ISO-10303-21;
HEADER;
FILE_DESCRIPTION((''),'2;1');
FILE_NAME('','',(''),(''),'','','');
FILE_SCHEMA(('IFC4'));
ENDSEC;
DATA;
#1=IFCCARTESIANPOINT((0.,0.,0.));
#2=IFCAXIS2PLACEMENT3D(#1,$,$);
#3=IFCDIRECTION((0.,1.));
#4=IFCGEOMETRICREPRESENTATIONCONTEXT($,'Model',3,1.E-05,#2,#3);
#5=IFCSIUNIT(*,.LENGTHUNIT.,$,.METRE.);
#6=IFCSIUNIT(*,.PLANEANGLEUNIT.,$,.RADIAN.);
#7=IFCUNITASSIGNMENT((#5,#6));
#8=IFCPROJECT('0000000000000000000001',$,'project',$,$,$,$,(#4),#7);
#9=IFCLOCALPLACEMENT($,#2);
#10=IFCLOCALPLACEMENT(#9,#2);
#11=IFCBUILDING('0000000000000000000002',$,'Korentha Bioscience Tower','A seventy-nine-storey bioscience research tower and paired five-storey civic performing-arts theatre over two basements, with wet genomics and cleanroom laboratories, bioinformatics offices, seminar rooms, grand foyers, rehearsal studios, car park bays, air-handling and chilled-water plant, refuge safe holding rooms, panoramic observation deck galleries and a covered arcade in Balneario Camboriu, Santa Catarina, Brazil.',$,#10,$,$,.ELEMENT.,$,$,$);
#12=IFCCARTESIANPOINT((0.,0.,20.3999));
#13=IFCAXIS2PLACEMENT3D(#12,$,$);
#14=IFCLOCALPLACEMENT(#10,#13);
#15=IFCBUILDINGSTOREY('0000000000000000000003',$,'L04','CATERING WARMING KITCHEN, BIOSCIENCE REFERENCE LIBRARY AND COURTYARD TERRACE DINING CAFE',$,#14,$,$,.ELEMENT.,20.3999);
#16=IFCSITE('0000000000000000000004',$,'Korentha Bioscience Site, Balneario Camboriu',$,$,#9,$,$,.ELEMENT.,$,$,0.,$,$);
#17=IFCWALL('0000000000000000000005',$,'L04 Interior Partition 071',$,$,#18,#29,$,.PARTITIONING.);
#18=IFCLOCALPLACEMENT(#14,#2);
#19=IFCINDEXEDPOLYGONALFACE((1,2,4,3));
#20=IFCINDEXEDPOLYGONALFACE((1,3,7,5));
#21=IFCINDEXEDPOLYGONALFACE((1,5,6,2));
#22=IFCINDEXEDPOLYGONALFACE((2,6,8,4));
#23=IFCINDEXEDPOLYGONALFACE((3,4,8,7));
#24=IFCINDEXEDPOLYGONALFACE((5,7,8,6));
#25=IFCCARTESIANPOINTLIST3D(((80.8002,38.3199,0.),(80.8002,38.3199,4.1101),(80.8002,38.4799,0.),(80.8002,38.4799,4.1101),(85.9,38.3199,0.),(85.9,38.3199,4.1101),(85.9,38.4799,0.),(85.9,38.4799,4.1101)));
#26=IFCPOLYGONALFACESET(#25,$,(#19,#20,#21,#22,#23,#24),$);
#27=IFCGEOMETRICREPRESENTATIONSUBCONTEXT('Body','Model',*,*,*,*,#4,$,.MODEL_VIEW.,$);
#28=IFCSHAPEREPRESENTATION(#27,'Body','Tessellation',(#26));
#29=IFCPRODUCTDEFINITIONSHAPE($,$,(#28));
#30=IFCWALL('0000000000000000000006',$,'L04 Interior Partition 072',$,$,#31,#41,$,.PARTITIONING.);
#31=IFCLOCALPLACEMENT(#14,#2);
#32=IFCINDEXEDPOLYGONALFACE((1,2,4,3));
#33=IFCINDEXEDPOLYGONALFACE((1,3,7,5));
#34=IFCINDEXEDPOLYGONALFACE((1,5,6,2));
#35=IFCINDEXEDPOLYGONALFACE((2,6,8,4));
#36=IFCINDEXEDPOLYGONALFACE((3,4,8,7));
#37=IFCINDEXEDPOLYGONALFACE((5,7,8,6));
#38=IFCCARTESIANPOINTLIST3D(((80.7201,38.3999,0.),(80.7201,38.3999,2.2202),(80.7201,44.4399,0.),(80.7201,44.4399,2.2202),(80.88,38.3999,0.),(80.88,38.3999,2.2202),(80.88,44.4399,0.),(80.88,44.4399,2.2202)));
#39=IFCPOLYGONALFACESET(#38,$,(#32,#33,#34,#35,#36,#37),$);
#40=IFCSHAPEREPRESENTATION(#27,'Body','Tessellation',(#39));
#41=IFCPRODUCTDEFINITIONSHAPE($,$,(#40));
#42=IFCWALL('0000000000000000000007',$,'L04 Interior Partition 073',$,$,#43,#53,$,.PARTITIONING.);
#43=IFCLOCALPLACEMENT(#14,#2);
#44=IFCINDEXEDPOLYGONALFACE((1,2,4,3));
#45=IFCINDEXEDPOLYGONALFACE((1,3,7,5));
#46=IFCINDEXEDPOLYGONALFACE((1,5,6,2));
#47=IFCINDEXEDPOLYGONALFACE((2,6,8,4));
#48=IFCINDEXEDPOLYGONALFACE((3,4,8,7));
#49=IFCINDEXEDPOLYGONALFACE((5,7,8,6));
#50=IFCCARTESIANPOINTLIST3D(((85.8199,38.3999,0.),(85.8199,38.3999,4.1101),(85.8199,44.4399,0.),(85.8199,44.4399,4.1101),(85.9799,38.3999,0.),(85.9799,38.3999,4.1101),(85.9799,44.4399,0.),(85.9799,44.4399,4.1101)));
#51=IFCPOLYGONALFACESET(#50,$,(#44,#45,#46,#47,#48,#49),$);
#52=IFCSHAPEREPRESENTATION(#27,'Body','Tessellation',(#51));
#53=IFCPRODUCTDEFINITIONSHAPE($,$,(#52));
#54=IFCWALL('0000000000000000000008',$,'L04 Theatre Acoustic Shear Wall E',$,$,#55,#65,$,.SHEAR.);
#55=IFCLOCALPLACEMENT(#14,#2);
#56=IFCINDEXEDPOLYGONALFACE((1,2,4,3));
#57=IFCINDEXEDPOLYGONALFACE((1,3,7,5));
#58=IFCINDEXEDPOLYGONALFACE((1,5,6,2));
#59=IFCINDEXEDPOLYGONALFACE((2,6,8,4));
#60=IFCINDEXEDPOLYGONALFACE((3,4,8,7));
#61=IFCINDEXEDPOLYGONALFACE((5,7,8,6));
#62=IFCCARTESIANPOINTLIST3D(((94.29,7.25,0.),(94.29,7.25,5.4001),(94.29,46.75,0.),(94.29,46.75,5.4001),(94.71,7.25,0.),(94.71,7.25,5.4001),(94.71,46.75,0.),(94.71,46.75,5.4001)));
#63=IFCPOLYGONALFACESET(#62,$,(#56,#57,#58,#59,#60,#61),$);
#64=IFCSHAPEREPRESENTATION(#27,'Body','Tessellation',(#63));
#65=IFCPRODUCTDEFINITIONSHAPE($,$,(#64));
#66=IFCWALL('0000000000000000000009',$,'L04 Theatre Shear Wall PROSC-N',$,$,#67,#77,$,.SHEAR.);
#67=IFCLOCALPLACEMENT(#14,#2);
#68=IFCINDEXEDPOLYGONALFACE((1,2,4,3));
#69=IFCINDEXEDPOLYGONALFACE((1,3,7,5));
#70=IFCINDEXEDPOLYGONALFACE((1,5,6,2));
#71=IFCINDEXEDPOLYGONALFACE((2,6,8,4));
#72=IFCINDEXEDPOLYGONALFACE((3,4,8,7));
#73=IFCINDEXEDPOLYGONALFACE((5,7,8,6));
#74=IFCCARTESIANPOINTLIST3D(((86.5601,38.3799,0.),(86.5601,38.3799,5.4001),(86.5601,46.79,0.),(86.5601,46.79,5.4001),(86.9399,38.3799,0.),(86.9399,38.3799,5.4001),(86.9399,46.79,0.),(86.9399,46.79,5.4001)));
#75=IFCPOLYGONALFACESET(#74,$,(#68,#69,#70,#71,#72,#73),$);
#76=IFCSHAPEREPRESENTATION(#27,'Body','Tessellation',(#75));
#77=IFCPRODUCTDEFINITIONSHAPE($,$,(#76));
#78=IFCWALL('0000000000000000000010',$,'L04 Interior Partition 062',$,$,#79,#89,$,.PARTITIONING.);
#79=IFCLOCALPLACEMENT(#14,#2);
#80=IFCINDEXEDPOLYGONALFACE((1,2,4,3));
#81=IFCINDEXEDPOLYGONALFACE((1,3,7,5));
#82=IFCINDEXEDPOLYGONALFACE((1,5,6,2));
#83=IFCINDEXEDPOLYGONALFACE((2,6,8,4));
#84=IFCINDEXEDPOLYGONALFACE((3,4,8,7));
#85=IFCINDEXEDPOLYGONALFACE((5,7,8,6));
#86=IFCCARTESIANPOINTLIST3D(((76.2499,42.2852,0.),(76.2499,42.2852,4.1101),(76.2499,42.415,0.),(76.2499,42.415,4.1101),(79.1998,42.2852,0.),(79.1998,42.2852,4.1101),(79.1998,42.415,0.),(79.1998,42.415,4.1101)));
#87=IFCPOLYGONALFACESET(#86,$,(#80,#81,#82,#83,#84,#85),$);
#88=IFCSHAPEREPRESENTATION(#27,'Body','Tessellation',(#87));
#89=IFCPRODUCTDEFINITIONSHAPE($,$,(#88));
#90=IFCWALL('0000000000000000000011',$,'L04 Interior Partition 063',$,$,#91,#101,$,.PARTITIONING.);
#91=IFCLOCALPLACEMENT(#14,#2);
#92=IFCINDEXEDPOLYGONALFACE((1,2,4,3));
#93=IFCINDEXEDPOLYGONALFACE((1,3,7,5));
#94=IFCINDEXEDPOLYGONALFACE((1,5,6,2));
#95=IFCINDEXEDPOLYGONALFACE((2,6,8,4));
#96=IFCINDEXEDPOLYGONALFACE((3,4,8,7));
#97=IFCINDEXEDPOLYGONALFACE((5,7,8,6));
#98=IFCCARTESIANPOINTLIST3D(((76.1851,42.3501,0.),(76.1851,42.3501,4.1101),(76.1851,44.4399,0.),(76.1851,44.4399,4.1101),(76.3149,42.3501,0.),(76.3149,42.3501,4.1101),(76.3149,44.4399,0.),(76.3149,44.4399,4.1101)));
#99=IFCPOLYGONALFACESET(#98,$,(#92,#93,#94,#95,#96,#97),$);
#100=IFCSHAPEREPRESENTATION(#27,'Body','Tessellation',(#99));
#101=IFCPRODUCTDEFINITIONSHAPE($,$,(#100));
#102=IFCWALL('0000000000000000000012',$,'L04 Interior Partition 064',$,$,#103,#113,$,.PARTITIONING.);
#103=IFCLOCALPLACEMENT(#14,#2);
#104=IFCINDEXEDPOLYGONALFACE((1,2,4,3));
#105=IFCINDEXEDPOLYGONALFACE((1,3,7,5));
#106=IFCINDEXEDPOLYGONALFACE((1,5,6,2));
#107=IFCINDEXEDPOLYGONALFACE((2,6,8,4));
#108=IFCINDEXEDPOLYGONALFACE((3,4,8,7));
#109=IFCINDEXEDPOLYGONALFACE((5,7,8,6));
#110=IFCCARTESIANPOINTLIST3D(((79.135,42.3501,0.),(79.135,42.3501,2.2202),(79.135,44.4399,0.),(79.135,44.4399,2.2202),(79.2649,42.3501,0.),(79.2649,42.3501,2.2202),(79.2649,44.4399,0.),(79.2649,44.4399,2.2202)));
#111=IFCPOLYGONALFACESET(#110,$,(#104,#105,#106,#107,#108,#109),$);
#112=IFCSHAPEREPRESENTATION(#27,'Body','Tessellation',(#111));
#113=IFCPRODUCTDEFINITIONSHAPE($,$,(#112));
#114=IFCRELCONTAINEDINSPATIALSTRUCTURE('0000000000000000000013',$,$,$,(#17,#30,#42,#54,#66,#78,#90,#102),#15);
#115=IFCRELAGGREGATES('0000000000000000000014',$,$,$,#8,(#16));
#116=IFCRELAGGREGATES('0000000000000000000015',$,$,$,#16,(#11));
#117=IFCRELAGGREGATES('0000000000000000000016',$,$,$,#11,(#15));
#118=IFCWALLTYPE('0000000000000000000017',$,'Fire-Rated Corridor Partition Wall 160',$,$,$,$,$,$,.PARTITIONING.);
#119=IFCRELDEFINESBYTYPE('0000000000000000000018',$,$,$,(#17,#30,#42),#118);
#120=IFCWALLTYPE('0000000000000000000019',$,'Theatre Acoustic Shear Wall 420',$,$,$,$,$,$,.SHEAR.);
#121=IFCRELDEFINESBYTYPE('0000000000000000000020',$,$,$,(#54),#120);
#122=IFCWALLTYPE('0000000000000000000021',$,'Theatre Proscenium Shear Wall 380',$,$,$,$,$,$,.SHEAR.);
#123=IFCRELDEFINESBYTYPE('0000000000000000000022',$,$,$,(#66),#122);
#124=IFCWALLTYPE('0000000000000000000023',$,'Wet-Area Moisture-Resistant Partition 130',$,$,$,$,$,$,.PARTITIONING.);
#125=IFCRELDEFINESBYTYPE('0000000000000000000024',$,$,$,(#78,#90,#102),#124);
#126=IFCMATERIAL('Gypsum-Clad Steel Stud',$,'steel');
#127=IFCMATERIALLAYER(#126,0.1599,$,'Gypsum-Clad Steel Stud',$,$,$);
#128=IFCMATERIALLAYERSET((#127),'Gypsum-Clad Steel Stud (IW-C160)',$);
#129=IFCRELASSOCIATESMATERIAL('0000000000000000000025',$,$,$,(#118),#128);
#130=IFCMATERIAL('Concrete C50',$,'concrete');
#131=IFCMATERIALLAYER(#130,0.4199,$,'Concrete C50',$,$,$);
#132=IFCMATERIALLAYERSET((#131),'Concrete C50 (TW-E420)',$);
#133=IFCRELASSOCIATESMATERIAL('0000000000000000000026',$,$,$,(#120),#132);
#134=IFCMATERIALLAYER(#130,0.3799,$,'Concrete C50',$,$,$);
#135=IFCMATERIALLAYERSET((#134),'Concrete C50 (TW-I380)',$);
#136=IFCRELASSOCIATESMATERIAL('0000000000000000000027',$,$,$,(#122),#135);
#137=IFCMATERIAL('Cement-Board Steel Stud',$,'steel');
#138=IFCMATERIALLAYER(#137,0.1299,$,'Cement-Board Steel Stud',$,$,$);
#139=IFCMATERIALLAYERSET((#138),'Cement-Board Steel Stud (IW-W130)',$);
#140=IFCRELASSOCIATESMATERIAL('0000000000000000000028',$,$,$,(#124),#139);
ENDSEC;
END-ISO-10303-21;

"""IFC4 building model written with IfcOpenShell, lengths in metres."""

from ifc_helpers import new_model, si_unit, direction, frame, frame_2d, origin, place, context, subcontext, project, spatial, rectangle, extrude, material, layer, layer_set, type_object, element, save


model = new_model("IFC4")

# Units and contexts
model_context = context("Model", 3, precision=1e-05, world=origin(), true_north=direction((0.0, 1.0)))
body_context = subcontext(model_context, "Body", "Model", "MODEL_VIEW")
ifc_project = project(units=[si_unit("LENGTHUNIT", "METRE"), si_unit("PLANEANGLEUNIT", "RADIAN")], contexts=[model_context])

# Site, building, storey
site_placement = place(None, origin())
site = spatial("IfcSite", under=ifc_project, at=site_placement, Name="Korentha Bioscience Site, Balneario Camboriu", CompositionType="ELEMENT", RefElevation=0.0)
building_placement = place(site_placement, origin())
building = spatial("IfcBuilding", under=site, at=building_placement, Name="Korentha Bioscience Tower", Description="A seventy-nine-storey bioscience research tower and paired five-storey civic performing-arts theatre over two basements, with wet genomics and cleanroom laboratories, bioinformatics offices, seminar rooms, grand foyers, rehearsal studios, car park bays, air-handling and chilled-water plant, refuge safe holding rooms, panoramic observation deck galleries and a covered arcade in Balneario Camboriu, Santa Catarina, Brazil.", CompositionType="ELEMENT")
storey_placement = place(building_placement, frame((0.0, 0.0, 20.3999)))
storey = spatial("IfcBuildingStorey", under=building, at=storey_placement, Name="L04", Description="CATERING WARMING KITCHEN, BIOSCIENCE REFERENCE LIBRARY AND COURTYARD TERRACE DINING CAFE", CompositionType="ELEMENT", Elevation=20.3999)

# Shared definitions
ifc_material_1 = material(Name="Concrete C50", Category="concrete")

# Shared definitions
ifc_material_2 = material(Name="Gypsum-Clad Steel Stud", Category="steel")
ifc_layer_1 = layer(ifc_material_2, 0.1599, Name="Gypsum-Clad Steel Stud")
ifc_layer_set_1 = layer_set([ifc_layer_1], Name="Gypsum-Clad Steel Stud (IW-C160)")
wall_type_1 = type_object("IfcWallType", Name="Fire-Rated Corridor Partition Wall 160", PredefinedType="PARTITIONING", material=ifc_layer_set_1)

# Walls
wall_1_placement = place(storey_placement, frame((85.8999, 38.3999, 0.0), z_axis=(0.0, 0.0, 1.0), x_axis=(-1.0, 0.0, 0.0)))
element("IfcWall", 1, at=wall_1_placement, inside=storey, type_object=wall_type_1, Name="L04 Interior Partition 071", PredefinedType="PARTITIONING", context=body_context, shape_type="SweptSolid", body=[
    extrude(rectangle(XDim=5.0999, YDim=0.1599, at=frame_2d((2.5498, 0.0))), origin(), (0.0, 0.0, 1.0), 4.1101),
])
wall_2_placement = place(storey_placement, frame((80.8, 38.3999, 0.0), z_axis=(0.0, 0.0, 1.0), x_axis=(0.0, 1.0, 0.0)))
element("IfcWall", 2, at=wall_2_placement, inside=storey, type_object=wall_type_1, Name="L04 Interior Partition 072", PredefinedType="PARTITIONING", context=body_context, shape_type="SweptSolid", body=[
    extrude(rectangle(XDim=6.04, YDim=0.1599, at=frame_2d((3.02, 0.0))), origin(), (0.0, 0.0, 1.0), 2.2202),
])
wall_3_placement = place(storey_placement, frame((85.8999, 44.4399, 0.0), z_axis=(0.0, 0.0, 1.0), x_axis=(0.0, -1.0, 0.0)))
element("IfcWall", 3, at=wall_3_placement, inside=storey, type_object=wall_type_1, Name="L04 Interior Partition 073", PredefinedType="PARTITIONING", context=body_context, shape_type="SweptSolid", body=[
    extrude(rectangle(XDim=6.04, YDim=0.1599, at=frame_2d((3.02, 0.0))), origin(), (0.0, 0.0, 1.0), 4.1101),
])
ifc_layer_2 = layer(ifc_material_1, 0.4199, Name="Concrete C50")
ifc_layer_set_2 = layer_set([ifc_layer_2], Name="Concrete C50 (TW-E420)")
wall_type_2 = type_object("IfcWallType", Name="Theatre Acoustic Shear Wall 420", PredefinedType="SHEAR", material=ifc_layer_set_2)
wall_4_placement = place(storey_placement, frame((94.5, 46.75, 0.0), z_axis=(0.0, 0.0, 1.0), x_axis=(0.0, -1.0, 0.0)))
element("IfcWall", 4, at=wall_4_placement, inside=storey, type_object=wall_type_2, Name="L04 Theatre Acoustic Shear Wall E", PredefinedType="SHEAR", context=body_context, shape_type="SweptSolid", body=[
    extrude(rectangle(XDim=39.5, YDim=0.4199, at=frame_2d((19.75, 0.0))), origin(), (0.0, 0.0, 1.0), 5.4001),
])
ifc_layer_3 = layer(ifc_material_1, 0.3799, Name="Concrete C50")
ifc_layer_set_3 = layer_set([ifc_layer_3], Name="Concrete C50 (TW-I380)")
wall_type_3 = type_object("IfcWallType", Name="Theatre Proscenium Shear Wall 380", PredefinedType="SHEAR", material=ifc_layer_set_3)
wall_5_placement = place(storey_placement, frame((86.75, 38.3799, 0.0), z_axis=(0.0, 0.0, 1.0), x_axis=(0.0, 1.0, 0.0)))
element("IfcWall", 5, at=wall_5_placement, inside=storey, type_object=wall_type_3, Name="L04 Theatre Shear Wall PROSC-N", PredefinedType="SHEAR", context=body_context, shape_type="SweptSolid", body=[
    extrude(rectangle(XDim=8.4102, YDim=0.3799, at=frame_2d((4.2051, 0.0))), origin(), (0.0, 0.0, 1.0), 5.4001),
])

# Shared definitions
ifc_material_3 = material(Name="Cement-Board Steel Stud", Category="steel")
ifc_layer_4 = layer(ifc_material_3, 0.1299, Name="Cement-Board Steel Stud")
ifc_layer_set_4 = layer_set([ifc_layer_4], Name="Cement-Board Steel Stud (IW-W130)")
wall_type_4 = type_object("IfcWallType", Name="Wet-Area Moisture-Resistant Partition 130", PredefinedType="PARTITIONING", material=ifc_layer_set_4)

# Walls
wall_6_placement = place(storey_placement, frame((79.2, 42.3501, 0.0), z_axis=(0.0, 0.0, 1.0), x_axis=(-1.0, 0.0, 0.0)))
element("IfcWall", 6, at=wall_6_placement, inside=storey, type_object=wall_type_4, Name="L04 Interior Partition 062", PredefinedType="PARTITIONING", context=body_context, shape_type="SweptSolid", body=[
    extrude(rectangle(XDim=2.95, YDim=0.1299, at=frame_2d((1.4751, 0.0))), origin(), (0.0, 0.0, 1.0), 4.1101),
])
wall_7_placement = place(storey_placement, frame((76.25, 42.3501, 0.0), z_axis=(0.0, 0.0, 1.0), x_axis=(0.0, 1.0, 0.0)))
element("IfcWall", 7, at=wall_7_placement, inside=storey, type_object=wall_type_4, Name="L04 Interior Partition 063", PredefinedType="PARTITIONING", context=body_context, shape_type="SweptSolid", body=[
    extrude(rectangle(XDim=2.0898, YDim=0.1299, at=frame_2d((1.0449, 0.0))), origin(), (0.0, 0.0, 1.0), 4.1101),
])
wall_8_placement = place(storey_placement, frame((79.2, 44.4399, 0.0), z_axis=(0.0, 0.0, 1.0), x_axis=(0.0, -1.0, 0.0)))
element("IfcWall", 8, at=wall_8_placement, inside=storey, type_object=wall_type_4, Name="L04 Interior Partition 064", PredefinedType="PARTITIONING", context=body_context, shape_type="SweptSolid", body=[
    extrude(rectangle(XDim=2.0898, YDim=0.1299, at=frame_2d((1.0449, 0.0))), origin(), (0.0, 0.0, 1.0), 2.2202),
])

save(model, "model.ifc")
